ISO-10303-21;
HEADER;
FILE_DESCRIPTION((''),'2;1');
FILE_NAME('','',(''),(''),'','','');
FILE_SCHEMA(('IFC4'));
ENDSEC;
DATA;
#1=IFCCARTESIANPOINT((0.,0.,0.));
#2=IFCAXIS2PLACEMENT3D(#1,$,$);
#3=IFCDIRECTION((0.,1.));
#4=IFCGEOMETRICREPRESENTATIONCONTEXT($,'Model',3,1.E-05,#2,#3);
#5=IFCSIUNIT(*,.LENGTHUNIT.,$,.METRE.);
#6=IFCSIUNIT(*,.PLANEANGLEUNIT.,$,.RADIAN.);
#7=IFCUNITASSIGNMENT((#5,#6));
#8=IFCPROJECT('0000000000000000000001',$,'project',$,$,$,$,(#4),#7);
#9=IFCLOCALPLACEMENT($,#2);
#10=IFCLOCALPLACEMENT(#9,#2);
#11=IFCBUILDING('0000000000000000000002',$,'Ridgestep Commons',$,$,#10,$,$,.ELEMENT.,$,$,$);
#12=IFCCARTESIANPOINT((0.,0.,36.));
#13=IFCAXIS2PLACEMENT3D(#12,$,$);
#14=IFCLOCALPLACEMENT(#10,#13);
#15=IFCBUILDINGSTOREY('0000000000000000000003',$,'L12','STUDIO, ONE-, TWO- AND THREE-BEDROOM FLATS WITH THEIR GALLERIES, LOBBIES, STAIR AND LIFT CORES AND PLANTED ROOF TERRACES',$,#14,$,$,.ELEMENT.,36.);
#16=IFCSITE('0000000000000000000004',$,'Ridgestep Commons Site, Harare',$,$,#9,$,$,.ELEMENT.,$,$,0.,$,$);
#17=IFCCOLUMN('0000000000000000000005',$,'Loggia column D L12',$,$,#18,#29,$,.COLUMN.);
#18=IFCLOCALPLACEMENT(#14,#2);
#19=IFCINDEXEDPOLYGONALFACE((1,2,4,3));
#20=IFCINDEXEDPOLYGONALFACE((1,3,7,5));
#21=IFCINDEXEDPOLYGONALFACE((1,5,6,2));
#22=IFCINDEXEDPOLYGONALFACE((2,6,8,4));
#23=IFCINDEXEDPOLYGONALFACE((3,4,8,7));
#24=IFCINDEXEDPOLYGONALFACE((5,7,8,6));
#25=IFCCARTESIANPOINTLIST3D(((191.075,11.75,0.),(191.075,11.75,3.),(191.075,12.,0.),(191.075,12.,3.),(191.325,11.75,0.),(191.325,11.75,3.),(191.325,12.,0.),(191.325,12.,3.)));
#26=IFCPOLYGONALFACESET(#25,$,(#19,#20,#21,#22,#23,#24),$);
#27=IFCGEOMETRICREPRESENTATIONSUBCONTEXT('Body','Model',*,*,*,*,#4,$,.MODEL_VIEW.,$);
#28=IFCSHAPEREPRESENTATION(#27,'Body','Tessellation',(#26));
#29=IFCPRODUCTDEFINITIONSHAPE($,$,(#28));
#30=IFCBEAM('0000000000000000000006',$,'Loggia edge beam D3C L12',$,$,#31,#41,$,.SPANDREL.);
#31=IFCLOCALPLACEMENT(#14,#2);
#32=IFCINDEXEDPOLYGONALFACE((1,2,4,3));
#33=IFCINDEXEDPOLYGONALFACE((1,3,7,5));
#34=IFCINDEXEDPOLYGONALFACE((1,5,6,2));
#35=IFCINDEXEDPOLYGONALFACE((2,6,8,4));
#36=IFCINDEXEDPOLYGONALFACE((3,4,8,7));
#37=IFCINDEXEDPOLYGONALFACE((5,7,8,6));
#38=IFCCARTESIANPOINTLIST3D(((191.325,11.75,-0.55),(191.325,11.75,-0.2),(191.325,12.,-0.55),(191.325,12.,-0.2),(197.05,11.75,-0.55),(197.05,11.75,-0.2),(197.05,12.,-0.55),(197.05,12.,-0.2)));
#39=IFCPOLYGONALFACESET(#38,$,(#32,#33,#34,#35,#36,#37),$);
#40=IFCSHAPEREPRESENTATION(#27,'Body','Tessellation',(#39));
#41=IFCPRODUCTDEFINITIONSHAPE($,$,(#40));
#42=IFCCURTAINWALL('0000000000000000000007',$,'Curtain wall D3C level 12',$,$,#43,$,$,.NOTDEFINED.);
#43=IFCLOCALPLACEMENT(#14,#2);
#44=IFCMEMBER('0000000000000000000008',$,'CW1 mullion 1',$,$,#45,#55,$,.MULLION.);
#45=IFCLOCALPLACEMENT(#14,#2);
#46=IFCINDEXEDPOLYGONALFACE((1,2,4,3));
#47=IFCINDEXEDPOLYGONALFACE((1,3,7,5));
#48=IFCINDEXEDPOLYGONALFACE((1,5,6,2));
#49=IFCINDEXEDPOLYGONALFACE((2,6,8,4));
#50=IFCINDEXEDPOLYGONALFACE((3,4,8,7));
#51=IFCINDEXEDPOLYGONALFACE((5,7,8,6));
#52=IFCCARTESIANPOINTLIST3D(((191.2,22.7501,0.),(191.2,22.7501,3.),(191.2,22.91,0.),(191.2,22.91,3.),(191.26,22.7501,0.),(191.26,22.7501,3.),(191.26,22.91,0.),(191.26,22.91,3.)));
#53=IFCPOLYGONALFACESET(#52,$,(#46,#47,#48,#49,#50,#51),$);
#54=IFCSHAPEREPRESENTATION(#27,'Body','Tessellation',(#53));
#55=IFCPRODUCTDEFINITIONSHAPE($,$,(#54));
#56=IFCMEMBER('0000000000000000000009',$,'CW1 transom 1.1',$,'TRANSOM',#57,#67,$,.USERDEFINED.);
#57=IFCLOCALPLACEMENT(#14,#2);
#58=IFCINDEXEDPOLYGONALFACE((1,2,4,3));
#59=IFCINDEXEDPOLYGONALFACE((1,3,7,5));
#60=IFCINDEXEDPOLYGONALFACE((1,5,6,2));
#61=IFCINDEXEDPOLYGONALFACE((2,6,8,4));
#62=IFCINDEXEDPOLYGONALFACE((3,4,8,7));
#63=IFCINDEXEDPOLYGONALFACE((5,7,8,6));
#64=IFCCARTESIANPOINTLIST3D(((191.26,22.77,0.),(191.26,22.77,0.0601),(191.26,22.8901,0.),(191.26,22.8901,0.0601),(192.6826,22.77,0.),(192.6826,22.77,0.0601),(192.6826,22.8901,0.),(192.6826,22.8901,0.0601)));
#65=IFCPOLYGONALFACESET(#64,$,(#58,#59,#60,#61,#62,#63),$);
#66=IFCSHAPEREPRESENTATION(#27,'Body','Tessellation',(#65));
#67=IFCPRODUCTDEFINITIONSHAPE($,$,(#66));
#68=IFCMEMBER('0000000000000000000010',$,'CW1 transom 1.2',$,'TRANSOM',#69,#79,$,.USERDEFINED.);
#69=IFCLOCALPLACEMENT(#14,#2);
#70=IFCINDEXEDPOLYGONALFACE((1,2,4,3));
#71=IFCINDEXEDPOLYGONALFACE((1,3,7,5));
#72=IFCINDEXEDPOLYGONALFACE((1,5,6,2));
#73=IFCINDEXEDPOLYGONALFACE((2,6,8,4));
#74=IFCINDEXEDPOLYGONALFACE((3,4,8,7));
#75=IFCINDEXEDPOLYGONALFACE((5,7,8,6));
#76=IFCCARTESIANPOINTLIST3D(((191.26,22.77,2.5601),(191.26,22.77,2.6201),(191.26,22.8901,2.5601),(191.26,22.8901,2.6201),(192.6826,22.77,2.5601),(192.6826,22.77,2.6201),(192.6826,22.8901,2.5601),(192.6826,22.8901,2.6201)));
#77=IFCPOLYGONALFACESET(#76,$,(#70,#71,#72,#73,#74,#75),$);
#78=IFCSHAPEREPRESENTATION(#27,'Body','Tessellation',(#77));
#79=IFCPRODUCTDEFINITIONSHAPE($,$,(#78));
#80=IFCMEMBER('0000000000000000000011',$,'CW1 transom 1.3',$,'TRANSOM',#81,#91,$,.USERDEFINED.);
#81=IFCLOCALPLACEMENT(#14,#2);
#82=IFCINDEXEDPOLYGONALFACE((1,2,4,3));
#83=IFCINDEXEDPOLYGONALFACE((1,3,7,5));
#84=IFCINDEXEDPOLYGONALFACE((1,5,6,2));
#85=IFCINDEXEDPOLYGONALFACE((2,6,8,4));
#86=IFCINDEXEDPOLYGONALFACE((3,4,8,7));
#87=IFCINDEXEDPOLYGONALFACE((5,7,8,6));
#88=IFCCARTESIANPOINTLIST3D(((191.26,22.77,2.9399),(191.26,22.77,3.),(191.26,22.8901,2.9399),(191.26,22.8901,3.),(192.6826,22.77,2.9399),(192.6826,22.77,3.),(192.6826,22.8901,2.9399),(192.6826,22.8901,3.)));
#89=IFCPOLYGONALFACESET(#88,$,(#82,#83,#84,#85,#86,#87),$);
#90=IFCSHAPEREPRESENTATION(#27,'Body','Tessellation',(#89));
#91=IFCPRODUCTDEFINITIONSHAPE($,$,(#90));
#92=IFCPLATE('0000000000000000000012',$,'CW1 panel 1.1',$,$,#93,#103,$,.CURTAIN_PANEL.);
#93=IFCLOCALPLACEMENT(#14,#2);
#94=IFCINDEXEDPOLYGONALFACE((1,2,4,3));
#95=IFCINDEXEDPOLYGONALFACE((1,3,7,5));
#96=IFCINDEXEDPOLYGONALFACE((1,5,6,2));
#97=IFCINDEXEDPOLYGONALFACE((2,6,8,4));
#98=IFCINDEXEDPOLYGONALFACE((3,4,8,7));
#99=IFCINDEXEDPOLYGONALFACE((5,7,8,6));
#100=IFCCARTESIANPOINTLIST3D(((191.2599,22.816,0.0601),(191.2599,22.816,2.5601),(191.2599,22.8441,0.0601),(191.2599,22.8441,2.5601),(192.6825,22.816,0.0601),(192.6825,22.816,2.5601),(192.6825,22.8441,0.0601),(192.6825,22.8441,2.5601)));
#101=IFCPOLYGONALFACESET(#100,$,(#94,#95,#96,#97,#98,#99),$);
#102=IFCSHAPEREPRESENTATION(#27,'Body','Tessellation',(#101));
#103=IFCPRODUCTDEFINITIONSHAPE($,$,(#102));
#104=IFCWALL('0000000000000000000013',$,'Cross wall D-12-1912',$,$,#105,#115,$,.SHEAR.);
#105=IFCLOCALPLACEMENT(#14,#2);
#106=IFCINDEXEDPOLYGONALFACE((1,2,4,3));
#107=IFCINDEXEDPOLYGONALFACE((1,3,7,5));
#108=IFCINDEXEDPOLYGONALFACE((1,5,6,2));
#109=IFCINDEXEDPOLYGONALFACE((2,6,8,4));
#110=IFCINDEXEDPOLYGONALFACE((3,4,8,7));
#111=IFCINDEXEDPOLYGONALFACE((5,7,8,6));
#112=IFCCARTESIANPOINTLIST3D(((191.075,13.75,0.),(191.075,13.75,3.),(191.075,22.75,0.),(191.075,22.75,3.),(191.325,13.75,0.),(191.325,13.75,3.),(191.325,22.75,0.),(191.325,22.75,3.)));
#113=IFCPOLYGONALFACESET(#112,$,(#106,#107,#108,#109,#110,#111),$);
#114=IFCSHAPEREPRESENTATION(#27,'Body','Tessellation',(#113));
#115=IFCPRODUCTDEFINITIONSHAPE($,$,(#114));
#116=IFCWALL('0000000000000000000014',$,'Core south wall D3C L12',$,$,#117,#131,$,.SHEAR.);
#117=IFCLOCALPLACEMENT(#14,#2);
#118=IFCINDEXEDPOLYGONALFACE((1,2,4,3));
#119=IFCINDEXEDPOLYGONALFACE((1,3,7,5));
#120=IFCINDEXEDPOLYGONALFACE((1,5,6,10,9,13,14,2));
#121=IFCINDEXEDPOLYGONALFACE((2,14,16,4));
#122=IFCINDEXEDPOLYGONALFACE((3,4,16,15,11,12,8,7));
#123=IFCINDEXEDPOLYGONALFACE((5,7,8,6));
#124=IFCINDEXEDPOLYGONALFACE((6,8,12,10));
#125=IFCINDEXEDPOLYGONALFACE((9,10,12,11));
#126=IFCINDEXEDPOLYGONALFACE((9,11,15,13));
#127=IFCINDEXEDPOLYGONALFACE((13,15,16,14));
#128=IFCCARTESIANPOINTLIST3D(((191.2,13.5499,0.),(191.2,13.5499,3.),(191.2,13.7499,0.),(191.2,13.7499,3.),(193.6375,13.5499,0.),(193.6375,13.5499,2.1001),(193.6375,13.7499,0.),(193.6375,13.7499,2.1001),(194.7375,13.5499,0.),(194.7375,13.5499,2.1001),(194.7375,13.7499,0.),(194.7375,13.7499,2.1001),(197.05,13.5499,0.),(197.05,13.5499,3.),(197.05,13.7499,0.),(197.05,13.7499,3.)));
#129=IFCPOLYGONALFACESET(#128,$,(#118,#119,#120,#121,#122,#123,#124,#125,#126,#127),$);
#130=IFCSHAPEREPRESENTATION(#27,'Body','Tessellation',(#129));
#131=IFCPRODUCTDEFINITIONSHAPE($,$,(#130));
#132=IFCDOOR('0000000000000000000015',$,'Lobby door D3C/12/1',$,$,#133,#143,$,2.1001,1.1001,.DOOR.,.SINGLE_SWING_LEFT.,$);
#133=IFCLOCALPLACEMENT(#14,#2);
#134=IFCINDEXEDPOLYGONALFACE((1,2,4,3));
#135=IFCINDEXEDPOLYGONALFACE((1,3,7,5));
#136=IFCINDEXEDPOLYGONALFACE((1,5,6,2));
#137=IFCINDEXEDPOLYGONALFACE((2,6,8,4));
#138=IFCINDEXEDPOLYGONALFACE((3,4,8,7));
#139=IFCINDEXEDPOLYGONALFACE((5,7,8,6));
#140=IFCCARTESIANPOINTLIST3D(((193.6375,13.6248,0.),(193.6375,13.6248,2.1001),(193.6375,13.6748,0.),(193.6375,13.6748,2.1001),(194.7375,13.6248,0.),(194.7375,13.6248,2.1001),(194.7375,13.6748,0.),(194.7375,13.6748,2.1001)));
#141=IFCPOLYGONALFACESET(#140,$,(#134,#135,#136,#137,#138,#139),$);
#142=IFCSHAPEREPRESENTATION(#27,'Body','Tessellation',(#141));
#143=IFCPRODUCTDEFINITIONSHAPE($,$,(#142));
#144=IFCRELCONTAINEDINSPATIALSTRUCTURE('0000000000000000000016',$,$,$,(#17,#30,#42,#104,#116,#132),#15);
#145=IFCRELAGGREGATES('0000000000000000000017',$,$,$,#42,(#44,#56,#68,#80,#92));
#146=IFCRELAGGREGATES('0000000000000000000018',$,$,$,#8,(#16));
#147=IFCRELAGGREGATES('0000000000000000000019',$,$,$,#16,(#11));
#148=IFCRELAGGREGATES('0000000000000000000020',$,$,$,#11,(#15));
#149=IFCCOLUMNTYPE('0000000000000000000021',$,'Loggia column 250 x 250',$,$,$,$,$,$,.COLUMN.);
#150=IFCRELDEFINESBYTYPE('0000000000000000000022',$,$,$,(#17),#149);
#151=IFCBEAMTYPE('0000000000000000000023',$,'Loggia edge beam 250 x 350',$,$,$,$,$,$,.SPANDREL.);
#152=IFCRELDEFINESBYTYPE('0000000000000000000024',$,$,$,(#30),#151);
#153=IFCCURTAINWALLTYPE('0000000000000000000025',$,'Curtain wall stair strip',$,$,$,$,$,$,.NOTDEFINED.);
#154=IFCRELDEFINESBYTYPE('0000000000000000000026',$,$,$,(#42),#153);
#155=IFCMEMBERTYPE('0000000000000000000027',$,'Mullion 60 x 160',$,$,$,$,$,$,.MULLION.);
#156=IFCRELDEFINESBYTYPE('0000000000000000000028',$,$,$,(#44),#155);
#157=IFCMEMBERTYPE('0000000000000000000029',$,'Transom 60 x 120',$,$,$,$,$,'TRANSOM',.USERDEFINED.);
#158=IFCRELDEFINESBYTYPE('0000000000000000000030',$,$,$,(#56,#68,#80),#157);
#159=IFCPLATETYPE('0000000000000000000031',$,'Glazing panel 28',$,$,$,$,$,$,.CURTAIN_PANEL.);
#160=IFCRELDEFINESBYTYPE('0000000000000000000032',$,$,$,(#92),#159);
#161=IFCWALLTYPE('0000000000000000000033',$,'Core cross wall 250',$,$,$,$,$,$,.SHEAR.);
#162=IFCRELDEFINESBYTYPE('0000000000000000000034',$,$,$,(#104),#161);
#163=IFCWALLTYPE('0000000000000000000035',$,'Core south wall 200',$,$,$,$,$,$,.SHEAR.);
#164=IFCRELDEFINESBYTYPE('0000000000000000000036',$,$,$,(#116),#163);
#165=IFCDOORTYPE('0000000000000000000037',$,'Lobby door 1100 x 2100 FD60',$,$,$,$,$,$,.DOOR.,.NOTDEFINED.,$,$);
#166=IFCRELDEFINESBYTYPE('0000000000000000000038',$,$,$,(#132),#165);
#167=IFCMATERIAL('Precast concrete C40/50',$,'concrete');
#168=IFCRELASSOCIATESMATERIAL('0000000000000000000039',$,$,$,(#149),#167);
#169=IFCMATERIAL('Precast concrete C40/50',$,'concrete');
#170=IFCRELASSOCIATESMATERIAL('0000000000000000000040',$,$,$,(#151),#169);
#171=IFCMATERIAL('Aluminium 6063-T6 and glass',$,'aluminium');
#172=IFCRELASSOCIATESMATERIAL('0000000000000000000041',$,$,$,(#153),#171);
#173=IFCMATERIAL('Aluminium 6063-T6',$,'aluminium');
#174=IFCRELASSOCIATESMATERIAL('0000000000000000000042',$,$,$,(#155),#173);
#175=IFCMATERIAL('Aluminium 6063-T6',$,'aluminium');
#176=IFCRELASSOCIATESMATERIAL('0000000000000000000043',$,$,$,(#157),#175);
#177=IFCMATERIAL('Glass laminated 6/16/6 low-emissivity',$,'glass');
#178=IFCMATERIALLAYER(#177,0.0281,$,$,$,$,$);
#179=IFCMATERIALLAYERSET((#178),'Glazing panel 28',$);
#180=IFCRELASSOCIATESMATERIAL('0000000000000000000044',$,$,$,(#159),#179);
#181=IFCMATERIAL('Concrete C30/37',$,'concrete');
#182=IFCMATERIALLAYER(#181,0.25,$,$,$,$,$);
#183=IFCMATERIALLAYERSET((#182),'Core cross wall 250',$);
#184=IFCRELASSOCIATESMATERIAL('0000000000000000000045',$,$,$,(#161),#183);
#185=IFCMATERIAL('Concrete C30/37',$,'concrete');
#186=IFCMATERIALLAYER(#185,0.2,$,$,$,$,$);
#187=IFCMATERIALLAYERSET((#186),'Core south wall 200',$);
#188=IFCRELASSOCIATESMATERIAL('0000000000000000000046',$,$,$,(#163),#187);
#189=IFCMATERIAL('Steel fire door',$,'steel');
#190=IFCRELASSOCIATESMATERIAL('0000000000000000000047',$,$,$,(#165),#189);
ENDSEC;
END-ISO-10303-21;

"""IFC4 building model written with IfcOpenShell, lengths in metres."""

from ifc_helpers import new_model, si_unit, direction, frame, frame_2d, origin, origin_2d, place, context, subcontext, project, spatial, rectangle, extrude, material, layer, layer_set, material_profile, profile_set, type_object, element, fill, aggregate, save


model = new_model("IFC4")

# Units and contexts
model_context = context("Model", 3, precision=1e-05, world=origin(), true_north=direction((0.0, 1.0)))
body_context = subcontext(model_context, "Body", "Model", "MODEL_VIEW")
ifc_project = project(units=[si_unit("LENGTHUNIT", "METRE"), si_unit("PLANEANGLEUNIT", "RADIAN")], contexts=[model_context])

# Site, building, storey
site_placement = place(None, origin())
site = spatial("IfcSite", under=ifc_project, at=site_placement, Name="Ridgestep Commons Site, Harare", CompositionType="ELEMENT", RefElevation=0.0)
building_placement = place(site_placement, origin())
building = spatial("IfcBuilding", under=site, at=building_placement, Name="Ridgestep Commons", CompositionType="ELEMENT")
storey_placement = place(building_placement, frame((0.0, 0.0, 36.0)))
storey = spatial("IfcBuildingStorey", under=building, at=storey_placement, Name="L12", Description="STUDIO, ONE-, TWO- AND THREE-BEDROOM FLATS WITH THEIR GALLERIES, LOBBIES, STAIR AND LIFT CORES AND PLANTED ROOF TERRACES", CompositionType="ELEMENT", Elevation=36.0)

# Column
ifc_material_1 = material(Name="Precast concrete C40/50", Category="concrete")
ifc_material_profile_1 = material_profile(ifc_material_1, rectangle(XDim=0.25, YDim=0.25, at=origin_2d()), Name="PC 250x250")
ifc_profile_set_1 = profile_set([ifc_material_profile_1], Name="Precast concrete C40/50")
column_type = type_object("IfcColumnType", Name="Loggia column 250 x 250", PredefinedType="COLUMN", material=ifc_profile_set_1)
column_placement = place(storey_placement, frame((191.2, 11.875, 0.0), z_axis=(0.0, 0.0, 1.0), x_axis=(1.0, 0.0, 0.0)))
element("IfcColumn", 1, at=column_placement, inside=storey, type_object=column_type, Name="Loggia column D L12", PredefinedType="COLUMN", context=body_context, shape_type="SweptSolid", body=[
    extrude(rectangle(XDim=0.25, YDim=0.25, at=origin_2d()), origin(), (0.0, 0.0, 1.0), 3.0),
])

# Beam
ifc_material_2 = material(Name="Precast concrete C40/50", Category="concrete")
ifc_material_profile_2 = material_profile(ifc_material_2, rectangle(XDim=0.25, YDim=0.3501, at=origin_2d()), Name="PC 250x350")
ifc_profile_set_2 = profile_set([ifc_material_profile_2], Name="Precast concrete C40/50")
beam_type = type_object("IfcBeamType", Name="Loggia edge beam 250 x 350", PredefinedType="SPANDREL", material=ifc_profile_set_2)
beam_placement = place(storey_placement, frame((191.325, 11.875, -0.375), z_axis=(1.0, 0.0, 0.0), x_axis=(0.0, 1.0, 0.0)))
element("IfcBeam", 2, at=beam_placement, inside=storey, type_object=beam_type, Name="Loggia edge beam D3C L12", PredefinedType="SPANDREL", context=body_context, shape_type="SweptSolid", body=[
    extrude(rectangle(XDim=0.25, YDim=0.3501, at=origin_2d()), origin(), (0.0, 0.0, 1.0), 5.7251),
])

# Curtain wall, members, plate
ifc_material_3 = material(Name="Aluminium 6063-T6 and glass", Category="aluminium")
curtain_wall_type = type_object("IfcCurtainWallType", Name="Curtain wall stair strip", PredefinedType="NOTDEFINED", material=ifc_material_3)
curtain_wall_placement = place(storey_placement, origin())
curtain_wall = element("IfcCurtainWall", 3, at=curtain_wall_placement, inside=storey, type_object=curtain_wall_type, Name="Curtain wall D3C level 12", PredefinedType="NOTDEFINED")
ifc_material_4 = material(Name="Aluminium 6063-T6", Category="aluminium")
ifc_material_profile_3 = material_profile(ifc_material_4, rectangle(XDim=0.1599, YDim=0.0601, at=origin_2d()), Name="Mullion 60 x 160")
ifc_profile_set_3 = profile_set([ifc_material_profile_3], Name="Aluminium 6063-T6")
member_type_1 = type_object("IfcMemberType", Name="Mullion 60 x 160", PredefinedType="MULLION", material=ifc_profile_set_3)
member_1_placement = place(storey_placement, frame((191.23, 22.8301, 0.0), z_axis=(0.0, 0.0, 1.0), x_axis=(0.0, 1.0, 0.0)))
member_1 = element("IfcMember", 4, at=member_1_placement, type_object=member_type_1, Name="CW1 mullion 1", PredefinedType="MULLION", context=body_context, shape_type="SweptSolid", body=[
    extrude(rectangle(XDim=0.1599, YDim=0.0601, at=origin_2d()), origin(), (0.0, 0.0, 1.0), 3.0),
])
ifc_material_5 = material(Name="Aluminium 6063-T6", Category="aluminium")
ifc_material_profile_4 = material_profile(ifc_material_5, rectangle(XDim=0.1201, YDim=0.0601, at=origin_2d()), Name="Transom 60 x 120")
ifc_profile_set_4 = profile_set([ifc_material_profile_4], Name="Aluminium 6063-T6")
member_type_2 = type_object("IfcMemberType", Name="Transom 60 x 120", ElementType="TRANSOM", PredefinedType="USERDEFINED", material=ifc_profile_set_4)
member_2_placement = place(storey_placement, frame((191.26, 22.8301, 0.03), z_axis=(1.0, 0.0, 0.0), x_axis=(0.0, 1.0, 0.0)))
member_2 = element("IfcMember", 5, at=member_2_placement, type_object=member_type_2, Name="CW1 transom 1.1", ObjectType="TRANSOM", PredefinedType="USERDEFINED", context=body_context, shape_type="SweptSolid", body=[
    extrude(rectangle(XDim=0.1201, YDim=0.0601, at=origin_2d()), origin(), (0.0, 0.0, 1.0), 1.4226),
])
member_3_placement = place(storey_placement, frame((191.26, 22.8301, 2.5901), z_axis=(1.0, 0.0, 0.0), x_axis=(0.0, 1.0, 0.0)))
member_3 = element("IfcMember", 6, at=member_3_placement, type_object=member_type_2, Name="CW1 transom 1.2", ObjectType="TRANSOM", PredefinedType="USERDEFINED", context=body_context, shape_type="SweptSolid", body=[
    extrude(rectangle(XDim=0.1201, YDim=0.0601, at=origin_2d()), origin(), (0.0, 0.0, 1.0), 1.4226),
])
member_4_placement = place(storey_placement, frame((191.26, 22.8301, 2.97), z_axis=(1.0, 0.0, 0.0), x_axis=(0.0, 1.0, 0.0)))
member_4 = element("IfcMember", 7, at=member_4_placement, type_object=member_type_2, Name="CW1 transom 1.3", ObjectType="TRANSOM", PredefinedType="USERDEFINED", context=body_context, shape_type="SweptSolid", body=[
    extrude(rectangle(XDim=0.1201, YDim=0.0601, at=origin_2d()), origin(), (0.0, 0.0, 1.0), 1.4226),
])
ifc_material_6 = material(Name="Glass laminated 6/16/6 low-emissivity", Category="glass")
ifc_layer_1 = layer(ifc_material_6, 0.0281)
ifc_layer_set_1 = layer_set([ifc_layer_1], Name="Glazing panel 28")
plate_type = type_object("IfcPlateType", Name="Glazing panel 28", PredefinedType="CURTAIN_PANEL", material=ifc_layer_set_1)
plate_placement = place(storey_placement, frame((191.9712, 22.8301, 0.0601), z_axis=(0.0, 0.0, 1.0), x_axis=(1.0, 0.0, 0.0)))
plate = element("IfcPlate", 8, at=plate_placement, type_object=plate_type, Name="CW1 panel 1.1", PredefinedType="CURTAIN_PANEL", context=body_context, shape_type="SweptSolid", body=[
    extrude(rectangle(XDim=1.4226, YDim=0.0281, at=origin_2d()), origin(), (0.0, 0.0, 1.0), 2.5),
])
aggregate(curtain_wall, [member_1, member_2, member_3, member_4, plate])

# Wall
ifc_material_7 = material(Name="Concrete C30/37", Category="concrete")
ifc_layer_2 = layer(ifc_material_7, 0.25)
ifc_layer_set_2 = layer_set([ifc_layer_2], Name="Core cross wall 250")
wall_type_1 = type_object("IfcWallType", Name="Core cross wall 250", PredefinedType="SHEAR", material=ifc_layer_set_2)
wall_1_placement = place(storey_placement, frame((191.2, 13.75, 0.0), z_axis=(0.0, 0.0, 1.0), x_axis=(0.0, 1.0, 0.0)))
element("IfcWall", 9, at=wall_1_placement, inside=storey, type_object=wall_type_1, Name="Cross wall D-12-1912", PredefinedType="SHEAR", context=body_context, shape_type="SweptSolid", body=[
    extrude(rectangle(XDim=9.0, YDim=0.25, at=frame_2d((4.5, 0.0))), origin(), (0.0, 0.0, 1.0), 3.0),
])

# Wall, opening, door
ifc_material_8 = material(Name="Concrete C30/37", Category="concrete")
ifc_layer_3 = layer(ifc_material_8, 0.2)
ifc_layer_set_3 = layer_set([ifc_layer_3], Name="Core south wall 200")
wall_type_2 = type_object("IfcWallType", Name="Core south wall 200", PredefinedType="SHEAR", material=ifc_layer_set_3)
wall_2_placement = place(storey_placement, frame((191.2, 13.6499, 0.0), z_axis=(0.0, 0.0, 1.0), x_axis=(1.0, 0.0, 0.0)))
wall_2 = element("IfcWall", 10, at=wall_2_placement, inside=storey, type_object=wall_type_2, Name="Core south wall D3C L12", PredefinedType="SHEAR", context=body_context, shape_type="SweptSolid", body=[
    extrude(rectangle(XDim=5.8501, YDim=0.2, at=frame_2d((2.925, 0.0))), origin(), (0.0, 0.0, 1.0), 3.0),
])
opening_1_placement = place(wall_2_placement, frame((2.4375, 0.0, 0.0)))
opening_1 = element("IfcOpeningElement", 11, at=opening_1_placement, cuts=wall_2, PredefinedType="OPENING", context=body_context, shape_type="SweptSolid", body=[
    extrude(rectangle(XDim=1.1001, YDim=2.1001, at=frame_2d((0.55, 1.05))), frame((0.0, 0.1099, 0.0), z_axis=(0.0, -1.0, 0.0), x_axis=(1.0, 0.0, 0.0)), (0.0, 0.0, 1.0), 0.22),
])
ifc_material_9 = material(Name="Steel fire door", Category="steel")
door_type_1 = type_object("IfcDoorType", Name="Lobby door 1100 x 2100 FD60", OperationType="NOTDEFINED", PredefinedType="DOOR", material=ifc_material_9)
door_1_placement = place(opening_1_placement, origin())
door_1 = element("IfcDoor", 12, at=door_1_placement, inside=storey, type_object=door_type_1, Name="Lobby door D3C/12/1", OperationType="SINGLE_SWING_LEFT", OverallHeight=2.1001, OverallWidth=1.1001, PredefinedType="DOOR", context=body_context, shape_type="SweptSolid", body=[
    extrude(rectangle(XDim=1.1001, YDim=2.1001, at=frame_2d((0.55, 1.05))), frame((0.0, 0.0249, 0.0), z_axis=(0.0, -1.0, 0.0), x_axis=(1.0, 0.0, 0.0)), (0.0, 0.0, 1.0), 0.05),
])
fill(opening_1, door_1)

save(model, "model.ifc")
